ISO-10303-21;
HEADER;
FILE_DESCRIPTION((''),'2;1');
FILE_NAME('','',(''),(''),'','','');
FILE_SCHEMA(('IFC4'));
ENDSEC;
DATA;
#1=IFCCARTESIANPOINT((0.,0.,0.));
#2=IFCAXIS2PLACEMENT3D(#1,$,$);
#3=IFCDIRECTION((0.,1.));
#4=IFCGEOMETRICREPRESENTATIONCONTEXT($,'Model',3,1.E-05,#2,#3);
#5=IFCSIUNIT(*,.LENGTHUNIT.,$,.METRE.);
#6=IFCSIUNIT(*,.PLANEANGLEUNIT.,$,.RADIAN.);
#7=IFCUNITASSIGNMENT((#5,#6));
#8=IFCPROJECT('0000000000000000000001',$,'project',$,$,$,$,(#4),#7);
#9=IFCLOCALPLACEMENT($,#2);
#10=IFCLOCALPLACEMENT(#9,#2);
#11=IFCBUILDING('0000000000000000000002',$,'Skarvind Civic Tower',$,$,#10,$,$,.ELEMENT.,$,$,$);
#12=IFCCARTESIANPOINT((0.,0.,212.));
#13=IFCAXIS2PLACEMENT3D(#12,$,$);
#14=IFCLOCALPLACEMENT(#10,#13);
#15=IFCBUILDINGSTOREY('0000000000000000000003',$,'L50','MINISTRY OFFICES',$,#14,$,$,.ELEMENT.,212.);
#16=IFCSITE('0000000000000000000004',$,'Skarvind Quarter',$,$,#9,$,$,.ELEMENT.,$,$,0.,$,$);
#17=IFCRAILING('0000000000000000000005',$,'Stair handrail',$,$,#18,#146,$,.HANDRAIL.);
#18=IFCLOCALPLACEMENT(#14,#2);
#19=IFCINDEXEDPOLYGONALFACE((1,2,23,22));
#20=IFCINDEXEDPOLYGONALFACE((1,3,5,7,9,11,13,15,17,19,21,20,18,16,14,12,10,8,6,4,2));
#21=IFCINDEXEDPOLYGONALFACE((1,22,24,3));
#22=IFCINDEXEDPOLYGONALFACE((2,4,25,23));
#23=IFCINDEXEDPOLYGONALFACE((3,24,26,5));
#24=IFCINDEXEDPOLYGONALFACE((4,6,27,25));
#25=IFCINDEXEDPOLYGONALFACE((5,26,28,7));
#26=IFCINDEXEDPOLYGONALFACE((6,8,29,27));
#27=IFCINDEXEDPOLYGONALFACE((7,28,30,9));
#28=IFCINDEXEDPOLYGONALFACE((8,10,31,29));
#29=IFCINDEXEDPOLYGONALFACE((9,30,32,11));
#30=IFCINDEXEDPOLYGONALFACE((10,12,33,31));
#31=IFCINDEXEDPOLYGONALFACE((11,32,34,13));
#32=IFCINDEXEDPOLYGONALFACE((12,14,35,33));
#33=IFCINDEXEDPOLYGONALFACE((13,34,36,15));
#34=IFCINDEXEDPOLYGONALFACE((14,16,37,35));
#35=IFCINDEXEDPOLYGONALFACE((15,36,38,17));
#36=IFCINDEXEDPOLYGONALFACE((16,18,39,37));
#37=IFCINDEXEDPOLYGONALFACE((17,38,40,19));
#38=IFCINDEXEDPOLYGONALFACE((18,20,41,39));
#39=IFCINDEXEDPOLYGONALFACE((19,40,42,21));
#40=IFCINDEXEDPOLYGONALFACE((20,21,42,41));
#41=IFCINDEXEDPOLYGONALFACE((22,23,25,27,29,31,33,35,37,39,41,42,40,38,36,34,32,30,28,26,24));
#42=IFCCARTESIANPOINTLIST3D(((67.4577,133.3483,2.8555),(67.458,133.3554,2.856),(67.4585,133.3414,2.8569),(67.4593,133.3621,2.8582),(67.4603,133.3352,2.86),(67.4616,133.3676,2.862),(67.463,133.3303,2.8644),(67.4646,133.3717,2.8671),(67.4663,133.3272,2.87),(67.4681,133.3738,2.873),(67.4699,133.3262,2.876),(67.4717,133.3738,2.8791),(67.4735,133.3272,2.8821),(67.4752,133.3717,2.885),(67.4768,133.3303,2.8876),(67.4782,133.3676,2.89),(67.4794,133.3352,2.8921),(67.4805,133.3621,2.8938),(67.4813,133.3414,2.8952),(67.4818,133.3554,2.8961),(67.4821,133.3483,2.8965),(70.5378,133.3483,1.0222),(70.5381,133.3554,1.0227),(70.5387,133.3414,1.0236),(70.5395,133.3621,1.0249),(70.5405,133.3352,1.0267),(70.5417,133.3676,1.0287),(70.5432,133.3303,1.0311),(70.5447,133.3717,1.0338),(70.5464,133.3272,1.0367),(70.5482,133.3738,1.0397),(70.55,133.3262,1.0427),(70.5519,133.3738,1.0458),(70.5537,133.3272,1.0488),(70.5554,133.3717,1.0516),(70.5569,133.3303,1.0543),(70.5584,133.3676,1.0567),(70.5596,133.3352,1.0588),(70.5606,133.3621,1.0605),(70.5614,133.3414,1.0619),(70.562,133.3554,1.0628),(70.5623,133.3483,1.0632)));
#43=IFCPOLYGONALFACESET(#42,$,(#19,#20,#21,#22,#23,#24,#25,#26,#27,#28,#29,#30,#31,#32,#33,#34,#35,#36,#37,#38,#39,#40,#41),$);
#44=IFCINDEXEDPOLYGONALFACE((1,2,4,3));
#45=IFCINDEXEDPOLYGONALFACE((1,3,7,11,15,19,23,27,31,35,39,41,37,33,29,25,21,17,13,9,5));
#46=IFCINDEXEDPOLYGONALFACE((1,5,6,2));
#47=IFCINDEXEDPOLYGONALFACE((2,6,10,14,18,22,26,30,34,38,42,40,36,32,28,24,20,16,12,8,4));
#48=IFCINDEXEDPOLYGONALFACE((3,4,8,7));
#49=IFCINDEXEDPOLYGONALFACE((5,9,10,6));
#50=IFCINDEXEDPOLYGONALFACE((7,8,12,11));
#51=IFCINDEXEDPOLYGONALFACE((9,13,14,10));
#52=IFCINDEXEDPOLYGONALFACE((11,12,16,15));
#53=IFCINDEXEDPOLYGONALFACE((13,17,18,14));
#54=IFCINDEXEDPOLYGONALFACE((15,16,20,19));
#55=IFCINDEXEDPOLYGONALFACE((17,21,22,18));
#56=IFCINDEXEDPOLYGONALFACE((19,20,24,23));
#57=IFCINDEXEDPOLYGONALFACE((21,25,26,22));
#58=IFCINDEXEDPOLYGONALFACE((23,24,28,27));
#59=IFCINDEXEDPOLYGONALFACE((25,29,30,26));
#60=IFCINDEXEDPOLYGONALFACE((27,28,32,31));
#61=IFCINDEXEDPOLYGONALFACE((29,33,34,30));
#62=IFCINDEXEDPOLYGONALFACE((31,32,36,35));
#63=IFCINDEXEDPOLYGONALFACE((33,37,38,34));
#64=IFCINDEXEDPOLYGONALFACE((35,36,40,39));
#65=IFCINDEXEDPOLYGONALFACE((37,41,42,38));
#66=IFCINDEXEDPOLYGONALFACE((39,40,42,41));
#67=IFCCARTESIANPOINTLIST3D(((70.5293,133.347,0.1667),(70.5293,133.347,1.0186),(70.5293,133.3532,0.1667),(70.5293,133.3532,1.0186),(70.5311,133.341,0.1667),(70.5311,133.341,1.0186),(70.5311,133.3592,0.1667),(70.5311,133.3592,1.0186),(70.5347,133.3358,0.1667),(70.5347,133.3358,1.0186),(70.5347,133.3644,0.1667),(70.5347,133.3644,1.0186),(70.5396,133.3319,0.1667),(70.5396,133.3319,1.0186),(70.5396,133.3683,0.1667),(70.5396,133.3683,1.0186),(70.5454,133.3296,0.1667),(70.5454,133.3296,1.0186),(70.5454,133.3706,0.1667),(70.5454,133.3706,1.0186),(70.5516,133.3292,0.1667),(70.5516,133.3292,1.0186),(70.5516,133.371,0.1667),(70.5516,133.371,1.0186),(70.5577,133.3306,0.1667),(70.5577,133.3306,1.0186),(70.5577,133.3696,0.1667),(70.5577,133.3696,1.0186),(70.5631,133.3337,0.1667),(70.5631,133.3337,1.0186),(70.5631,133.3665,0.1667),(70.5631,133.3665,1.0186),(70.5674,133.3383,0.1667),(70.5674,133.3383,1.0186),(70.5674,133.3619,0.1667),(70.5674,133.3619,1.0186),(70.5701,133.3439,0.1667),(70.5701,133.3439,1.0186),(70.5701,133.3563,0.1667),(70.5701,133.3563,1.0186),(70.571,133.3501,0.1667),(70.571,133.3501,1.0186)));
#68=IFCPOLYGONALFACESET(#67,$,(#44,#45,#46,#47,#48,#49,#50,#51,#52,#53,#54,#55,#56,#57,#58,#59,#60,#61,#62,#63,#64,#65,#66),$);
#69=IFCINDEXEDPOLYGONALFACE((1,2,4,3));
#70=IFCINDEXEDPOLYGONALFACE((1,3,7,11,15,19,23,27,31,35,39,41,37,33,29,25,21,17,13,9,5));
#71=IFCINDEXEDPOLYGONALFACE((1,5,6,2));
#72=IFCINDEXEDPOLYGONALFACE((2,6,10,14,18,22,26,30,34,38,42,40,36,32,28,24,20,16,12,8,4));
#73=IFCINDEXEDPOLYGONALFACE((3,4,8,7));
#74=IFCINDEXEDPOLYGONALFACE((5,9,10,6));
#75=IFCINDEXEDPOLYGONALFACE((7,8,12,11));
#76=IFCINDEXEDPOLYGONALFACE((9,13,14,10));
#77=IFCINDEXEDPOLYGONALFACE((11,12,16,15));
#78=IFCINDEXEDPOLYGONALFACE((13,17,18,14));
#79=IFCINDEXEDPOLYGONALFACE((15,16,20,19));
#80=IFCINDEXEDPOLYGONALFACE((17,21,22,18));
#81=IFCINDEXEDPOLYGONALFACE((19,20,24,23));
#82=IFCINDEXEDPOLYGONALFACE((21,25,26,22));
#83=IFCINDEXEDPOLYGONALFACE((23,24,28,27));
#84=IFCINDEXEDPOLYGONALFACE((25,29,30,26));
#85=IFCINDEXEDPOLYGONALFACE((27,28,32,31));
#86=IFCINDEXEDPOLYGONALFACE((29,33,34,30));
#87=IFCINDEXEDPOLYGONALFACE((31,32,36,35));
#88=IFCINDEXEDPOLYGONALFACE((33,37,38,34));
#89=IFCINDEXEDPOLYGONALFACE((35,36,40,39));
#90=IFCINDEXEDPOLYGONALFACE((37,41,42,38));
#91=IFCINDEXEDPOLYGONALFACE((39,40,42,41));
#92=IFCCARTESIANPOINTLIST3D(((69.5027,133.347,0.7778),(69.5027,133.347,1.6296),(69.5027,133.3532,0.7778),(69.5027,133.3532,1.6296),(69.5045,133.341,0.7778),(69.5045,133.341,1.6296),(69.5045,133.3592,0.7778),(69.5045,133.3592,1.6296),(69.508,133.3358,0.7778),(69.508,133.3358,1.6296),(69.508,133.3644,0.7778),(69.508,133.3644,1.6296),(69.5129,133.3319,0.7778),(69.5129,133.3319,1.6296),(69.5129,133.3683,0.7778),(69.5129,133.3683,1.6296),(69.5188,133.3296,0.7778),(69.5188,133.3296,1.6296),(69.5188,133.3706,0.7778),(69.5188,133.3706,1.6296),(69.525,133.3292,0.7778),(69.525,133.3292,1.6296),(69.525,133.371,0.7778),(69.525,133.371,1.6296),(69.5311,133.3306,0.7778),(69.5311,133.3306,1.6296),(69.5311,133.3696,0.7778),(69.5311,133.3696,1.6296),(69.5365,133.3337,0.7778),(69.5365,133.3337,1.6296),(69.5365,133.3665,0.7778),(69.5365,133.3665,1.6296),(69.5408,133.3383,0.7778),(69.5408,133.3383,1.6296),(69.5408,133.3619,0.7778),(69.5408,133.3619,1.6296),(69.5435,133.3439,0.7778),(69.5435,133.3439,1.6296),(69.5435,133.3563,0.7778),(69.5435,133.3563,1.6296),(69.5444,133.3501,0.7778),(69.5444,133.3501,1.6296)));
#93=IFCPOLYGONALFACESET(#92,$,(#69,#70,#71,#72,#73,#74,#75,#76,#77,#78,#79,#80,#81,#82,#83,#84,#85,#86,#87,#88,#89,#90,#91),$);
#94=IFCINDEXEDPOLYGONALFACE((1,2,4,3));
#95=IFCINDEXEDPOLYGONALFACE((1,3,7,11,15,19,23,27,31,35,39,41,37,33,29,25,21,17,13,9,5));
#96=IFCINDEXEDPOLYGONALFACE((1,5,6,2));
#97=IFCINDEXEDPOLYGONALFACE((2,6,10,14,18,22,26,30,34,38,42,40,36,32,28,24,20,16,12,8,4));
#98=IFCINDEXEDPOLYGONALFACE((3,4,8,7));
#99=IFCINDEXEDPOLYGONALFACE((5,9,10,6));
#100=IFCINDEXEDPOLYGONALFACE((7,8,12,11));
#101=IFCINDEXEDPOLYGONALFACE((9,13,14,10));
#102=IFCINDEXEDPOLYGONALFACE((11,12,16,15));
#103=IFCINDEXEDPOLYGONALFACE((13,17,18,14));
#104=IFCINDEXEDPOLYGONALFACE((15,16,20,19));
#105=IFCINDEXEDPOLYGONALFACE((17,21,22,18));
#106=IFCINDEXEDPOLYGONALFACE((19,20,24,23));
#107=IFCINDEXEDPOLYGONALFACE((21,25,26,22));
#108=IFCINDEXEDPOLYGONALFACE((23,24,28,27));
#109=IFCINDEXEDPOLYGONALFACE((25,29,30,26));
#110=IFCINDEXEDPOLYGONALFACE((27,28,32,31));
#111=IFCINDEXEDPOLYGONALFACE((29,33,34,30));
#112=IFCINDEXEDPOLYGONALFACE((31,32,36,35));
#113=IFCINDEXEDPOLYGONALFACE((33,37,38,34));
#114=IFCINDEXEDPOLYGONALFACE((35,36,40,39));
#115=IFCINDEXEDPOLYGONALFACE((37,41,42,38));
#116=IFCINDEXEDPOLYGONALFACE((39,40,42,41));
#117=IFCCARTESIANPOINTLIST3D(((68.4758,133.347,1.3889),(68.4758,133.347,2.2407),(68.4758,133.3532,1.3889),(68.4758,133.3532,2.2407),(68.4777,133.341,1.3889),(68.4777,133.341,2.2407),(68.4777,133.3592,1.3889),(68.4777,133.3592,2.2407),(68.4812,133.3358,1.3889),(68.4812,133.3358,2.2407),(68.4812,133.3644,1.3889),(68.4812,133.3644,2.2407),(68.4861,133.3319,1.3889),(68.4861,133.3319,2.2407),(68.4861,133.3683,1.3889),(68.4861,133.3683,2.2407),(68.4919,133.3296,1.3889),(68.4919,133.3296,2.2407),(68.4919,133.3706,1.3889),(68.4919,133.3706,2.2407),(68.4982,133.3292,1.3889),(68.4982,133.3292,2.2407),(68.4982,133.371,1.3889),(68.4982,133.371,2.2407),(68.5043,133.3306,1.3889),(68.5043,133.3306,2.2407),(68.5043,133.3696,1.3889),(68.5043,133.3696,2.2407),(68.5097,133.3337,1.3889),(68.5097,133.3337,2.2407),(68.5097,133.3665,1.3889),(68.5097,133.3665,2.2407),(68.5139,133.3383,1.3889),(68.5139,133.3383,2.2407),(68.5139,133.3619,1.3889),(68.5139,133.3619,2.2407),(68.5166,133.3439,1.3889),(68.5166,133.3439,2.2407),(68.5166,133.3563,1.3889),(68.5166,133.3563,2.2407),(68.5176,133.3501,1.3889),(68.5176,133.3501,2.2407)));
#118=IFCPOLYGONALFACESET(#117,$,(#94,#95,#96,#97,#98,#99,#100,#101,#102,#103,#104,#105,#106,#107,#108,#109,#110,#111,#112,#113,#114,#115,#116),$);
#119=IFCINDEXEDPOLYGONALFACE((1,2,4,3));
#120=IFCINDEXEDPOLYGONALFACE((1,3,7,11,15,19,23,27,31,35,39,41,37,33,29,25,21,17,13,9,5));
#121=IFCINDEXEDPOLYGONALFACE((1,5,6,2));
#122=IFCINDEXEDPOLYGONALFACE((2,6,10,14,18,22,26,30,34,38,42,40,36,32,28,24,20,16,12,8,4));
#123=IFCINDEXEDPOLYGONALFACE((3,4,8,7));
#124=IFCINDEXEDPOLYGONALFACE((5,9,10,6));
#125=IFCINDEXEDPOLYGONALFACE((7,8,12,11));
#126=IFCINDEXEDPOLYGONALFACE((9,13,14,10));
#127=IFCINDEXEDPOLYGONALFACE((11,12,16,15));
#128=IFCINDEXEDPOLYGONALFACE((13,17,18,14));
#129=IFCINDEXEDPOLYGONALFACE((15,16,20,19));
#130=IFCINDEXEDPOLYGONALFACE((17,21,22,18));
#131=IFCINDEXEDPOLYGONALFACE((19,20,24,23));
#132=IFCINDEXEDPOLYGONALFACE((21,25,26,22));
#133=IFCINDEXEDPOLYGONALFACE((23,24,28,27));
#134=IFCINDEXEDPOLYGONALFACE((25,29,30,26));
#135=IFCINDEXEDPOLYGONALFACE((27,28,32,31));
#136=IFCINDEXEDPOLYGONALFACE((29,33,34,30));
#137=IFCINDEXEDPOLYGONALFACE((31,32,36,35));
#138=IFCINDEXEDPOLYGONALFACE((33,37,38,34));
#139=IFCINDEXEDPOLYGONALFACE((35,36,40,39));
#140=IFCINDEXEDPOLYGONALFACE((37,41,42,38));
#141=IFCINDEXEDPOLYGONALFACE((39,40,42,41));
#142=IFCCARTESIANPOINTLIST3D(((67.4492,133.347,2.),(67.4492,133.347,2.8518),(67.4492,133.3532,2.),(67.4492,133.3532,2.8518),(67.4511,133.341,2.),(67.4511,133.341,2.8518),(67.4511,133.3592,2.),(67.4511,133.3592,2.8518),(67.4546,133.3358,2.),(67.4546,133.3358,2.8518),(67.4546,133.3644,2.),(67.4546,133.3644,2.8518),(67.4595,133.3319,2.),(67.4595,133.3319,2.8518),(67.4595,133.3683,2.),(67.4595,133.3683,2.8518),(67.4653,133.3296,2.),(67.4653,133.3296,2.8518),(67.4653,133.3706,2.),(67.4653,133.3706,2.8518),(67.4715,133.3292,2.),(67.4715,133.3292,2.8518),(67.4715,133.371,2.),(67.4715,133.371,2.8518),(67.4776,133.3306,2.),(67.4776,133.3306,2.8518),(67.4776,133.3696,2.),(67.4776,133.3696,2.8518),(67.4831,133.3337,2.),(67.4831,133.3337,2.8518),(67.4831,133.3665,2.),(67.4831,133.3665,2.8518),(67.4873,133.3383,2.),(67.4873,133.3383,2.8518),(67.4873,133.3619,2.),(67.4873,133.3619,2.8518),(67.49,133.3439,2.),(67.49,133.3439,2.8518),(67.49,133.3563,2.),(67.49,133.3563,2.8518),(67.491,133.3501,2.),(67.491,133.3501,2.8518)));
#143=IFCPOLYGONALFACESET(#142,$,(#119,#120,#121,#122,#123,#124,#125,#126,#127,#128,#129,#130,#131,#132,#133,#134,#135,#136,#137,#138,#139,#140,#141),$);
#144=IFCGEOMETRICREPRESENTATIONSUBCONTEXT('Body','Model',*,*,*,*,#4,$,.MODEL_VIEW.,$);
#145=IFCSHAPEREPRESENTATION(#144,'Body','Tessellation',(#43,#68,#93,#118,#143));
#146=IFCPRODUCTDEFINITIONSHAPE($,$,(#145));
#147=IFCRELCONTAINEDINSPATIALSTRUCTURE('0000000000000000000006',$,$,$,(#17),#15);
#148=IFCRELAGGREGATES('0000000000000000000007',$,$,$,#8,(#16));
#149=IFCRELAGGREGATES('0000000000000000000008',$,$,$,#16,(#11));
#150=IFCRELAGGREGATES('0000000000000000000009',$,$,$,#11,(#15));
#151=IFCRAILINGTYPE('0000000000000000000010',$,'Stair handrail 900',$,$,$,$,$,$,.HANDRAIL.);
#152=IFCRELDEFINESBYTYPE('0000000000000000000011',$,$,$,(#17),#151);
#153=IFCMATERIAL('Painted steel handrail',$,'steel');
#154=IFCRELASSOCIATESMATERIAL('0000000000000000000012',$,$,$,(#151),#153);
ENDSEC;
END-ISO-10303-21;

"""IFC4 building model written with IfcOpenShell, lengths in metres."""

from ifc_helpers import new_model, si_unit, direction, frame, origin, origin_2d, place, context, subcontext, project, spatial, circle, extrude, material, type_object, element, save


model = new_model("IFC4")

# Units and contexts
model_context = context("Model", 3, precision=1e-05, world=origin(), true_north=direction((0.0, 1.0)))
body_context = subcontext(model_context, "Body", "Model", "MODEL_VIEW")
ifc_project = project(units=[si_unit("LENGTHUNIT", "METRE"), si_unit("PLANEANGLEUNIT", "RADIAN")], contexts=[model_context])

# Site, building, storey
site_placement = place(None, origin())
site = spatial("IfcSite", under=ifc_project, at=site_placement, Name="Skarvind Quarter", CompositionType="ELEMENT", RefElevation=0.0)
building_placement = place(site_placement, origin())
building = spatial("IfcBuilding", under=site, at=building_placement, Name="Skarvind Civic Tower", CompositionType="ELEMENT")
storey_placement = place(building_placement, frame((0.0, 0.0, 212.0)))
storey = spatial("IfcBuildingStorey", under=building, at=storey_placement, Name="L50", Description="MINISTRY OFFICES", CompositionType="ELEMENT", Elevation=212.0)

# Railing
ifc_material_1 = material(Name="Painted steel handrail", Category="steel")
railing_type = type_object("IfcRailingType", Name="Stair handrail 900", PredefinedType="HANDRAIL", material=ifc_material_1)
railing_1_placement = place(storey_placement, frame((70.55, 133.3501, 0.1667)))
element("IfcRailing", 1, at=railing_1_placement, inside=storey, type_object=railing_type, Name="Stair handrail", PredefinedType="HANDRAIL", context=body_context, shape_type="SweptSolid", body=[
    extrude(circle(Radius=0.0239, at=origin_2d()), frame((0.0, 0.0, 0.876), z_axis=(-0.859309, 0.0, 0.511458), x_axis=(0.0, -1.0, 0.0)), (0.0, 0.0, 1.0), 3.5845),
    extrude(circle(Radius=0.021, at=origin_2d()), origin(), (0.0, 0.0, 1.0), 0.8518),
    extrude(circle(Radius=0.021, at=origin_2d()), frame((-1.0266, 0.0, 0.6111)), (0.0, 0.0, 1.0), 0.8518),
    extrude(circle(Radius=0.021, at=origin_2d()), frame((-2.0535, 0.0, 1.2222)), (0.0, 0.0, 1.0), 0.8518),
    extrude(circle(Radius=0.021, at=origin_2d()), frame((-3.0801, 0.0, 1.8333)), (0.0, 0.0, 1.0), 0.8518),
])

save(model, "model.ifc")
